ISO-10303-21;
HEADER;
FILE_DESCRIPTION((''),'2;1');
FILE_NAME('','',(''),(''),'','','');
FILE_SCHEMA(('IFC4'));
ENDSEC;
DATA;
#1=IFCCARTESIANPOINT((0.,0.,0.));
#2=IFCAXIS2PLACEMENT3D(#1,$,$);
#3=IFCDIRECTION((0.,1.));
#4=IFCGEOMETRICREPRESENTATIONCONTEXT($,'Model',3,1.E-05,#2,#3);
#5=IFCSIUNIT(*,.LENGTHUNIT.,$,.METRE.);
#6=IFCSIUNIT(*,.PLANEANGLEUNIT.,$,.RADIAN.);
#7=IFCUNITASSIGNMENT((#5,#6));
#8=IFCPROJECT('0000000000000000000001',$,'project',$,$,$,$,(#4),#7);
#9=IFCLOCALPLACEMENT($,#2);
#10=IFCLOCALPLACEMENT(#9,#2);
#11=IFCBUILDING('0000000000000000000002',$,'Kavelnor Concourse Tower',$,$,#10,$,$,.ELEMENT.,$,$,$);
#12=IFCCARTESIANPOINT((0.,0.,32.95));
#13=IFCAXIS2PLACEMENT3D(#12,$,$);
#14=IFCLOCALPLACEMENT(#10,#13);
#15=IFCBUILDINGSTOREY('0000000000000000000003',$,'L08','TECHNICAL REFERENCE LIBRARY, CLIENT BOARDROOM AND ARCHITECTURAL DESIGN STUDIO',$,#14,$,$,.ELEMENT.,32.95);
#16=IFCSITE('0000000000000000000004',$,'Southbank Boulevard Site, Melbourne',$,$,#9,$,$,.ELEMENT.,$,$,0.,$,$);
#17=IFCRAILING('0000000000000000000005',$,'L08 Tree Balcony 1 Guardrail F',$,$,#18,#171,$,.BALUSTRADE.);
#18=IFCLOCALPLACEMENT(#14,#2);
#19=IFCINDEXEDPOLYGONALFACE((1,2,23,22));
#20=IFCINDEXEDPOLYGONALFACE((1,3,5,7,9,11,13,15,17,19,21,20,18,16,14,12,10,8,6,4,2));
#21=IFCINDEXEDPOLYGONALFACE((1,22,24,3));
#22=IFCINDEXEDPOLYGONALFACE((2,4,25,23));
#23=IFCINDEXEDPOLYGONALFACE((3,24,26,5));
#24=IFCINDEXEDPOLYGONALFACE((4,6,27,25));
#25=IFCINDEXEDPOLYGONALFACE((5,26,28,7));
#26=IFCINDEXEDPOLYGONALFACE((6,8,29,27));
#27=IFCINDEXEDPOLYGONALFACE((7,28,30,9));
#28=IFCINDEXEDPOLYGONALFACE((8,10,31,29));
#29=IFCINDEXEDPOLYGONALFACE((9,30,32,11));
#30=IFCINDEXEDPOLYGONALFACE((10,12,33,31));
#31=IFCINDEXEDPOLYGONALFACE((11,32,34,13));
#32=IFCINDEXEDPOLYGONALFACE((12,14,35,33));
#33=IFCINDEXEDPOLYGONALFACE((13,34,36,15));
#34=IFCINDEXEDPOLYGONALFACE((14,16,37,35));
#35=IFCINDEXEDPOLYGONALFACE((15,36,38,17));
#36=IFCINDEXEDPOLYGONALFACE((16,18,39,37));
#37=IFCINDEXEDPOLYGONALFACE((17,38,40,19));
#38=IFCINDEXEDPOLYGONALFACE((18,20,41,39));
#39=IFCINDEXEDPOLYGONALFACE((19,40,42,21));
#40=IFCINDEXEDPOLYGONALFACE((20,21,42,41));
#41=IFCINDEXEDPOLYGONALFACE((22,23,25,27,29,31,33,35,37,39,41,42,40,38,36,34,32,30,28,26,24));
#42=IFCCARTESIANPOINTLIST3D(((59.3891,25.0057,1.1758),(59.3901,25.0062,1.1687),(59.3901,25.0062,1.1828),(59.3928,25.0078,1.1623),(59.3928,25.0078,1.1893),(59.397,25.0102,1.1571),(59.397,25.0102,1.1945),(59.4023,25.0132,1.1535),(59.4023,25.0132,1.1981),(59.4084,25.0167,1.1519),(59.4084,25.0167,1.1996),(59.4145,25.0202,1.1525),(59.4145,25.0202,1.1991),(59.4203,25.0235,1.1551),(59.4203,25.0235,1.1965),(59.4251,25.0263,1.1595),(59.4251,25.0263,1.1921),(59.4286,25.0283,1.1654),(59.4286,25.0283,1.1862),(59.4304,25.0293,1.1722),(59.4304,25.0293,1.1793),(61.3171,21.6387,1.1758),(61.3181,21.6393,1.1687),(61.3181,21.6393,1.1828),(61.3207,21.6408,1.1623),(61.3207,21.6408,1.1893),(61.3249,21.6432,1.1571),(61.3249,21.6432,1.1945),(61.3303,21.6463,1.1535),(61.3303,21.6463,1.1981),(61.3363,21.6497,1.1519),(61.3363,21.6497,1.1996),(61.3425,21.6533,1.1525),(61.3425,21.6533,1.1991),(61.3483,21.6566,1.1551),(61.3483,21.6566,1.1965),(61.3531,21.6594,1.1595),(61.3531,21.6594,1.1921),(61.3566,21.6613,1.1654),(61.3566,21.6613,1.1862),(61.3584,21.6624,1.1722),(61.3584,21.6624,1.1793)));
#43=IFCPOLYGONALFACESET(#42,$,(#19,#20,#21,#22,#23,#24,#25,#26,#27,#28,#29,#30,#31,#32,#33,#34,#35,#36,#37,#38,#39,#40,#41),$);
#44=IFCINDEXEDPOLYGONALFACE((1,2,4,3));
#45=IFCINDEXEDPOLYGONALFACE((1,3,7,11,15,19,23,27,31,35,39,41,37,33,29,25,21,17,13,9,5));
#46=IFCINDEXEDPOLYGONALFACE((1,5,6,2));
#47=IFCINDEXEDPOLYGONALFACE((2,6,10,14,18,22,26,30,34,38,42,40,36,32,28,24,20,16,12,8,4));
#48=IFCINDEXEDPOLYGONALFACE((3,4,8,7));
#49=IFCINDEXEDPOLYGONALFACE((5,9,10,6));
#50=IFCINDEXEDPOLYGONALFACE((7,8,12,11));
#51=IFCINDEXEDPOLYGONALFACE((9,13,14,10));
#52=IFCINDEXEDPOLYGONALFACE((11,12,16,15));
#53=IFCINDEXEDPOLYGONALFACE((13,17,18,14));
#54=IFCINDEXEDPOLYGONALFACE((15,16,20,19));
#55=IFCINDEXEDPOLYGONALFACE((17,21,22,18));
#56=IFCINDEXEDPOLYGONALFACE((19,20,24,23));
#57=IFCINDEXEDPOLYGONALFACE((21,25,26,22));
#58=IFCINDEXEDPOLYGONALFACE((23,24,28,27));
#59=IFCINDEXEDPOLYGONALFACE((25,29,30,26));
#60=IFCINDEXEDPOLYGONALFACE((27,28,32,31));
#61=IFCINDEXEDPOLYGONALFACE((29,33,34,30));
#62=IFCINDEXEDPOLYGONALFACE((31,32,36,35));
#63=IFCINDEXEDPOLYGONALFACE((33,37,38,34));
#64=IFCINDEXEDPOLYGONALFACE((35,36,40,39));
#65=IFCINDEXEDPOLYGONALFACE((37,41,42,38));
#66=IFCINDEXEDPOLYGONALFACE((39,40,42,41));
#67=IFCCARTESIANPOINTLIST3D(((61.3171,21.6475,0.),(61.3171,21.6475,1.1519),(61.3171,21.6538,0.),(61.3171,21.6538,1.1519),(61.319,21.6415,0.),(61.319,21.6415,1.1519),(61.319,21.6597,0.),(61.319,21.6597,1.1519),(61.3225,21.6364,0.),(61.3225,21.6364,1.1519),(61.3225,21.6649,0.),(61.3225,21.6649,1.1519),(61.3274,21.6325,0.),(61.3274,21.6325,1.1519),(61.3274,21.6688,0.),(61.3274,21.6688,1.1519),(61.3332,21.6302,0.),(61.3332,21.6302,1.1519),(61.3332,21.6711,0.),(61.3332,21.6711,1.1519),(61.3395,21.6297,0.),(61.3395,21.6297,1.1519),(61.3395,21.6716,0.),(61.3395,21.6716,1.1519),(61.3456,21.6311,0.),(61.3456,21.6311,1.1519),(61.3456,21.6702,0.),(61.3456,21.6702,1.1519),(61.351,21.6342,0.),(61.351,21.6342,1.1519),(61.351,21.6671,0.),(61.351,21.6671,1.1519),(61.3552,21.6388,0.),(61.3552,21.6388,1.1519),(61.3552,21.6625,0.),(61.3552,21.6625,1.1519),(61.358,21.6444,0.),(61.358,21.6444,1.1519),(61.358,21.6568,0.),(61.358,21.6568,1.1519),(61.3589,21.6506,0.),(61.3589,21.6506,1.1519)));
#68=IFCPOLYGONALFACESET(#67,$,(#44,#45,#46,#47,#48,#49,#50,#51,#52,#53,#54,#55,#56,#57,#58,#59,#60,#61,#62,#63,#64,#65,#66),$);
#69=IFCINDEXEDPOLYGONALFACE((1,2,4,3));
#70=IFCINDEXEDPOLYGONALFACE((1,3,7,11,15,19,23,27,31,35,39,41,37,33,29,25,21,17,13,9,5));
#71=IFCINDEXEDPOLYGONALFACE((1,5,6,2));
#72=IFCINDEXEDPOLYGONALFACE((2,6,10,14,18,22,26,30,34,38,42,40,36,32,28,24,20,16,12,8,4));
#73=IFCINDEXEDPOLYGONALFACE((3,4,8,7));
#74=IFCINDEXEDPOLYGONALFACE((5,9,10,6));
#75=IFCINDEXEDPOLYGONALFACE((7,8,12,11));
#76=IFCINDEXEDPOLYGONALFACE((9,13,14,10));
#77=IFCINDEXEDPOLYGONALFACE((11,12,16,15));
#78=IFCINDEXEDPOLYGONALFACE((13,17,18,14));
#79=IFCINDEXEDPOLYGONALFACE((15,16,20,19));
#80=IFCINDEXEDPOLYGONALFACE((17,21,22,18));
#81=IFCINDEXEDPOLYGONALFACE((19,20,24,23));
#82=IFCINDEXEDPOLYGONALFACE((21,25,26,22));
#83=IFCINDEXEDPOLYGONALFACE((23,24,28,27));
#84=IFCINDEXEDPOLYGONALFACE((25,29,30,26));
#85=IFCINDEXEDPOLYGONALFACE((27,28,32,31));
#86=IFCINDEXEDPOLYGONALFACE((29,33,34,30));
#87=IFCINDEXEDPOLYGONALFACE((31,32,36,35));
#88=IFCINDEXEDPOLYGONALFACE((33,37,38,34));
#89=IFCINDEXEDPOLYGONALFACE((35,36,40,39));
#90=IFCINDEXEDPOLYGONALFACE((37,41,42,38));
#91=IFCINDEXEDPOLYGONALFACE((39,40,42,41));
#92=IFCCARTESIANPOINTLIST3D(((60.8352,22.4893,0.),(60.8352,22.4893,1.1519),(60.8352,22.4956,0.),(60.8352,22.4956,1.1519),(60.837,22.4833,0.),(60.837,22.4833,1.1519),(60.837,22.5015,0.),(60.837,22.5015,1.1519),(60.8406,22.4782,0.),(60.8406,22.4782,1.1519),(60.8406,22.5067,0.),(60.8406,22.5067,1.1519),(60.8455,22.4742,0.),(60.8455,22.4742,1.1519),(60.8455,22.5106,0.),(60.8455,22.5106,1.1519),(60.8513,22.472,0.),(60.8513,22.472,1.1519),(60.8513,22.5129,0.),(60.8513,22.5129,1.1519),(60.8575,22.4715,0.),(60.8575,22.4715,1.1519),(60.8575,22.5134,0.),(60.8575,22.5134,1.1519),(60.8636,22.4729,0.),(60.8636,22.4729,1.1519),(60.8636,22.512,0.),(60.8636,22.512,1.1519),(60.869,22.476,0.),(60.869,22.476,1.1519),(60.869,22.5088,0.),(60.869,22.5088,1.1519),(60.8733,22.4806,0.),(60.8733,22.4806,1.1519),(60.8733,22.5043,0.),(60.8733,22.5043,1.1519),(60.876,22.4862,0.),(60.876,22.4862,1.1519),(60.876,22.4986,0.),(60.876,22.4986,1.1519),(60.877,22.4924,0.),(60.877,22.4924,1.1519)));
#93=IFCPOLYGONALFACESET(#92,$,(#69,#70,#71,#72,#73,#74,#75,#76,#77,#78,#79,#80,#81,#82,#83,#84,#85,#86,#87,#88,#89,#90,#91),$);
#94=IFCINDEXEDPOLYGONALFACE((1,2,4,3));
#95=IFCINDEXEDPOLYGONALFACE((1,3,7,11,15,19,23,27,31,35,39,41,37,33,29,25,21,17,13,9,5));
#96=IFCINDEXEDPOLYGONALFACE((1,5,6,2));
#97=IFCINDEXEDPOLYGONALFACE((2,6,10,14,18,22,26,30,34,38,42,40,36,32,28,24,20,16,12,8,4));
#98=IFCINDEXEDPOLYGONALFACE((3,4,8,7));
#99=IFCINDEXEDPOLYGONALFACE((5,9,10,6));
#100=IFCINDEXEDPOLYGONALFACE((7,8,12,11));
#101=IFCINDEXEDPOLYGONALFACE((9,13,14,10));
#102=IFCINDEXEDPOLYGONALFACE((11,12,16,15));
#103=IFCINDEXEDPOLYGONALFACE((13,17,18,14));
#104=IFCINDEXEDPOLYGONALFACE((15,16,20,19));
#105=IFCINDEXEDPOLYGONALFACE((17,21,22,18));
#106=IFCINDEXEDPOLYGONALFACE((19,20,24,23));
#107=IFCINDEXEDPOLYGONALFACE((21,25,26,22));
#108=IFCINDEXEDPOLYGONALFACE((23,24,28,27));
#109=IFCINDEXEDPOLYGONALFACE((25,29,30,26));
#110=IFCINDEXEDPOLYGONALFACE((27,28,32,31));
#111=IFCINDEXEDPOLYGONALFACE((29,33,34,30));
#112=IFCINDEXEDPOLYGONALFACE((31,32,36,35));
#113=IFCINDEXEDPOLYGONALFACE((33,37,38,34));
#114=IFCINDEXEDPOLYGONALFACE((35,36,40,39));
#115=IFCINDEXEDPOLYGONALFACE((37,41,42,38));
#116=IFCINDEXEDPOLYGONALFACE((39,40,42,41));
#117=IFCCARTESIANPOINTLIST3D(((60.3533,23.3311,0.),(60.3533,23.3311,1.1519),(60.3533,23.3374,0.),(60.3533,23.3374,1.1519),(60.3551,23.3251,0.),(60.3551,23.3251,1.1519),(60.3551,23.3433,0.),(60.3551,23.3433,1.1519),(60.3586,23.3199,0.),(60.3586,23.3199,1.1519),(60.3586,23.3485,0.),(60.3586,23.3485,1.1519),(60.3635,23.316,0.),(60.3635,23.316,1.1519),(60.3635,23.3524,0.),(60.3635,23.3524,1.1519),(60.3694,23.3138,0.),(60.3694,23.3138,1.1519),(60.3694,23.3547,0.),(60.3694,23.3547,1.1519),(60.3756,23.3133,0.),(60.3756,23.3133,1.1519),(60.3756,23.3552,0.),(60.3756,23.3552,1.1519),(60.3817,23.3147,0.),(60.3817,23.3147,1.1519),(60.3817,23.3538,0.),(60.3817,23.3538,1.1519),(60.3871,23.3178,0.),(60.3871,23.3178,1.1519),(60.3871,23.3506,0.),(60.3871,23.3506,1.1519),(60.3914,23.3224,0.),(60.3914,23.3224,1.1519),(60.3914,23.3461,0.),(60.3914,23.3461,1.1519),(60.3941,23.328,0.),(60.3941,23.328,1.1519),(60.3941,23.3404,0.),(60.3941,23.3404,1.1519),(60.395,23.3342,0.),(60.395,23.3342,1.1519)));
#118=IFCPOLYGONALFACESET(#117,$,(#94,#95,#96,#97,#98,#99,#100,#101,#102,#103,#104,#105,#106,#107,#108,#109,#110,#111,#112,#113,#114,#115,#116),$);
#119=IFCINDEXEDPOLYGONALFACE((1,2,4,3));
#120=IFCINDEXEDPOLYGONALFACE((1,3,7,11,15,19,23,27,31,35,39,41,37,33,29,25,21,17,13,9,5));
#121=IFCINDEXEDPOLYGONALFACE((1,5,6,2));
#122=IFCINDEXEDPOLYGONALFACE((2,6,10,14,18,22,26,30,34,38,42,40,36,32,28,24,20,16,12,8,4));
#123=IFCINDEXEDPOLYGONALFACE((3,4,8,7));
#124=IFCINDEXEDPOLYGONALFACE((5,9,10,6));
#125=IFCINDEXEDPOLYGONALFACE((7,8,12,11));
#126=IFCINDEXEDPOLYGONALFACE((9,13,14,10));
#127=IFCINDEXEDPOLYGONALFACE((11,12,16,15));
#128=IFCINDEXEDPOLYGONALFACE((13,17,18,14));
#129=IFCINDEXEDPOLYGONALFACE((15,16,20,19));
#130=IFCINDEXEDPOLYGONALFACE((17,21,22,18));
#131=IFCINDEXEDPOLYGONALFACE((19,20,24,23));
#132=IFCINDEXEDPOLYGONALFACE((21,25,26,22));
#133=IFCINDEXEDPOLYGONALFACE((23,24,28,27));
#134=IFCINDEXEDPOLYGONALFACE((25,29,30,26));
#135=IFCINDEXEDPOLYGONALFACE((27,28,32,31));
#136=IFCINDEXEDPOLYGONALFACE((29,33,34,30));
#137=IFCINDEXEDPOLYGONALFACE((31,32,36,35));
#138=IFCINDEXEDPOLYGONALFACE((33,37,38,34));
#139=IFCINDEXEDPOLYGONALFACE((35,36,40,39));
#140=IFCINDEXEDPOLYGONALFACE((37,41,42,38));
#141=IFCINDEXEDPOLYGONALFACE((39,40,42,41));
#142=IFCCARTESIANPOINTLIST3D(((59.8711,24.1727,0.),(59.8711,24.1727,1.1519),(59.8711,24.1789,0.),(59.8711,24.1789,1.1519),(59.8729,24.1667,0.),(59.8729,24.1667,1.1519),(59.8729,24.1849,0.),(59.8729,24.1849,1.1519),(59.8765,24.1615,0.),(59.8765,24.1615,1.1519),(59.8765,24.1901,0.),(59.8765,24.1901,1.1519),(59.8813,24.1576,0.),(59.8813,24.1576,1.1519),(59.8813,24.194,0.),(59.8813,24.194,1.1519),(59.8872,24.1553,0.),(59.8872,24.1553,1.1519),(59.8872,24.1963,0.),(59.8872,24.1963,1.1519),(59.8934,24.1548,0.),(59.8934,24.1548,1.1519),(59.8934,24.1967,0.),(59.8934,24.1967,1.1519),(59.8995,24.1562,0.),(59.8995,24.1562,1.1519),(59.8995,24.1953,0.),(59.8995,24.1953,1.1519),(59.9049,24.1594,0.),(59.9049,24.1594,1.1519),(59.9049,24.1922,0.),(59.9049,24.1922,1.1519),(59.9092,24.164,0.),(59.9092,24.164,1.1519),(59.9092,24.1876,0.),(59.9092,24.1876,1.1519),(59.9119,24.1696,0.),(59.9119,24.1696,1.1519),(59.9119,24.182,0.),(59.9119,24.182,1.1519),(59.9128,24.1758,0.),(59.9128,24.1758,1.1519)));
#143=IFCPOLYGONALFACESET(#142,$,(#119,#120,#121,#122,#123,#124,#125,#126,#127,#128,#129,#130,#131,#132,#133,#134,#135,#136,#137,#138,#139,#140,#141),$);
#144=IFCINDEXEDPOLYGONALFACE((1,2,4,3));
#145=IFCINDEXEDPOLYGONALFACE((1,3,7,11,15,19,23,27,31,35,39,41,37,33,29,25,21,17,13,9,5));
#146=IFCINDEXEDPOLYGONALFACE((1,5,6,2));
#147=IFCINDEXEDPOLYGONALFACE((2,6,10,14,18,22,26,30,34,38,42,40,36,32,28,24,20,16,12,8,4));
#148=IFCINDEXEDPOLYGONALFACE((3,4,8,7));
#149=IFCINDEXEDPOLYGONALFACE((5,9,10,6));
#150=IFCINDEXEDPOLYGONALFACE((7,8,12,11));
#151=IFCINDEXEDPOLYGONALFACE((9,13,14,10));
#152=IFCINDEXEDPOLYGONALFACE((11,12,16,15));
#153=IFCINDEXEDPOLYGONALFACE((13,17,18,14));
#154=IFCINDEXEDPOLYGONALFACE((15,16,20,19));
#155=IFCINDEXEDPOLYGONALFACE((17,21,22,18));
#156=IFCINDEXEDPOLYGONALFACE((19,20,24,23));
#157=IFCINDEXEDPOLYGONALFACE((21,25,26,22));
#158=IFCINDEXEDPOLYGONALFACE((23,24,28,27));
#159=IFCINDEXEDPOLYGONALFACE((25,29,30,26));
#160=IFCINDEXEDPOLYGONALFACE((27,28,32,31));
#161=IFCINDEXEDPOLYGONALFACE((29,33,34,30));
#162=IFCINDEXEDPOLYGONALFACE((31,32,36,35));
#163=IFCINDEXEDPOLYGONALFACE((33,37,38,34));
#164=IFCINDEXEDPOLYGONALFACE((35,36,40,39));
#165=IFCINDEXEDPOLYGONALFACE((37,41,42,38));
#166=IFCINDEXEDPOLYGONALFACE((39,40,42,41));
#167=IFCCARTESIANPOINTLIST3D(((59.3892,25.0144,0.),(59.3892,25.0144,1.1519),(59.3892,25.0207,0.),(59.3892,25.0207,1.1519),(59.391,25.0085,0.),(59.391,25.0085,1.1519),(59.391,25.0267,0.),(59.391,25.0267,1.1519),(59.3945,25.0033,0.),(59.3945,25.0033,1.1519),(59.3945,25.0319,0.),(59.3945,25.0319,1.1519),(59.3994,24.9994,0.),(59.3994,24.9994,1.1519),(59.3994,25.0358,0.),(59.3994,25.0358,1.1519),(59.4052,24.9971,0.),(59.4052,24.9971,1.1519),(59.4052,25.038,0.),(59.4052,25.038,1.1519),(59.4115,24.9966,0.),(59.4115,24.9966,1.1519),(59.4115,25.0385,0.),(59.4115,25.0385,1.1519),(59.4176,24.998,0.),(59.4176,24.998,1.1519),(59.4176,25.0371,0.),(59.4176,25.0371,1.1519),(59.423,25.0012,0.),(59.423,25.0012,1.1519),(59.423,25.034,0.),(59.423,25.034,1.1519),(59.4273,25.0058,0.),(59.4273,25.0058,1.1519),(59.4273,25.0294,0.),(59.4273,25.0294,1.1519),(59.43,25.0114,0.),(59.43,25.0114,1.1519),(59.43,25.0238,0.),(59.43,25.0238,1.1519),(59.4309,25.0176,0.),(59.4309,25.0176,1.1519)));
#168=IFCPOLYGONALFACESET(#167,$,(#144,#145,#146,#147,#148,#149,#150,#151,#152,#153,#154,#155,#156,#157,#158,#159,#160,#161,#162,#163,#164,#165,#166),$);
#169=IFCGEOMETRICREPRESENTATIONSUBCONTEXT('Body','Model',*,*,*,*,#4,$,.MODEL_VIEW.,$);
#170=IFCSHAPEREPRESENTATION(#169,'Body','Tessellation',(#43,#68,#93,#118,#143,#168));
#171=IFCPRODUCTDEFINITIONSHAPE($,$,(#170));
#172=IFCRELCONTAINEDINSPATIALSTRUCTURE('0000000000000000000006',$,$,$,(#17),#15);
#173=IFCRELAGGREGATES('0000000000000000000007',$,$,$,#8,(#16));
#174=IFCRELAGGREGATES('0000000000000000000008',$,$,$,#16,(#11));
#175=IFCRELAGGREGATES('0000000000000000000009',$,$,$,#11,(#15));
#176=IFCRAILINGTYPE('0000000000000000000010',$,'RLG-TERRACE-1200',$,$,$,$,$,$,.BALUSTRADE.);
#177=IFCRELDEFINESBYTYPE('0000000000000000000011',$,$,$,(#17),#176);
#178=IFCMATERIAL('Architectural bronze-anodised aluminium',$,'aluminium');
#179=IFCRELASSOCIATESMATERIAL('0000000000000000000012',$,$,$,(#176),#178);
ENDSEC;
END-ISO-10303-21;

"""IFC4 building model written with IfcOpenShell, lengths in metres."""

from ifc_helpers import new_model, si_unit, direction, frame, origin, origin_2d, place, context, subcontext, project, spatial, circle, extrude, material, type_object, element, save


model = new_model("IFC4")

# Units and contexts
model_context = context("Model", 3, precision=1e-05, world=origin(), true_north=direction((0.0, 1.0)))
body_context = subcontext(model_context, "Body", "Model", "MODEL_VIEW")
ifc_project = project(units=[si_unit("LENGTHUNIT", "METRE"), si_unit("PLANEANGLEUNIT", "RADIAN")], contexts=[model_context])

# Site, building, storey
site_placement = place(None, origin())
site = spatial("IfcSite", under=ifc_project, at=site_placement, Name="Southbank Boulevard Site, Melbourne", CompositionType="ELEMENT", RefElevation=0.0)
building_placement = place(site_placement, origin())
building = spatial("IfcBuilding", under=site, at=building_placement, Name="Kavelnor Concourse Tower", CompositionType="ELEMENT")
storey_placement = place(building_placement, frame((0.0, 0.0, 32.95)))
storey = spatial("IfcBuildingStorey", under=building, at=storey_placement, Name="L08", Description="TECHNICAL REFERENCE LIBRARY, CLIENT BOARDROOM AND ARCHITECTURAL DESIGN STUDIO", CompositionType="ELEMENT", Elevation=32.95)

# Railing
ifc_material_1 = material(Name="Architectural bronze-anodised aluminium", Category="aluminium")
railing_type_1 = type_object("IfcRailingType", Name="RLG-TERRACE-1200", PredefinedType="BALUSTRADE", material=ifc_material_1)
railing_1_placement = place(storey_placement, frame((61.3379, 21.6506, 0.0)))
element("IfcRailing", 1, at=railing_1_placement, inside=storey, type_object=railing_type_1, Name="L08 Tree Balcony 1 Guardrail F", PredefinedType="BALUSTRADE", context=body_context, shape_type="SweptSolid", body=[
    extrude(circle(Radius=0.0239, at=origin_2d()), frame((0.0, 0.0, 1.1758), z_axis=(-0.496918, 0.867797, 0.0), x_axis=(-0.867797, -0.496918, 0.0)), (0.0, 0.0, 1.0), 3.8799),
    extrude(circle(Radius=0.021, at=origin_2d()), origin(), (0.0, 0.0, 1.0), 1.1519),
    extrude(circle(Radius=0.021, at=origin_2d()), frame((-0.4819, 0.8418, 0.0)), (0.0, 0.0, 1.0), 1.1519),
    extrude(circle(Radius=0.021, at=origin_2d()), frame((-0.9639, 1.6836, 0.0)), (0.0, 0.0, 1.0), 1.1519),
    extrude(circle(Radius=0.021, at=origin_2d()), frame((-1.446, 2.5251, 0.0)), (0.0, 0.0, 1.0), 1.1519),
    extrude(circle(Radius=0.021, at=origin_2d()), frame((-1.928, 3.3669, 0.0)), (0.0, 0.0, 1.0), 1.1519),
])

save(model, "model.ifc")
